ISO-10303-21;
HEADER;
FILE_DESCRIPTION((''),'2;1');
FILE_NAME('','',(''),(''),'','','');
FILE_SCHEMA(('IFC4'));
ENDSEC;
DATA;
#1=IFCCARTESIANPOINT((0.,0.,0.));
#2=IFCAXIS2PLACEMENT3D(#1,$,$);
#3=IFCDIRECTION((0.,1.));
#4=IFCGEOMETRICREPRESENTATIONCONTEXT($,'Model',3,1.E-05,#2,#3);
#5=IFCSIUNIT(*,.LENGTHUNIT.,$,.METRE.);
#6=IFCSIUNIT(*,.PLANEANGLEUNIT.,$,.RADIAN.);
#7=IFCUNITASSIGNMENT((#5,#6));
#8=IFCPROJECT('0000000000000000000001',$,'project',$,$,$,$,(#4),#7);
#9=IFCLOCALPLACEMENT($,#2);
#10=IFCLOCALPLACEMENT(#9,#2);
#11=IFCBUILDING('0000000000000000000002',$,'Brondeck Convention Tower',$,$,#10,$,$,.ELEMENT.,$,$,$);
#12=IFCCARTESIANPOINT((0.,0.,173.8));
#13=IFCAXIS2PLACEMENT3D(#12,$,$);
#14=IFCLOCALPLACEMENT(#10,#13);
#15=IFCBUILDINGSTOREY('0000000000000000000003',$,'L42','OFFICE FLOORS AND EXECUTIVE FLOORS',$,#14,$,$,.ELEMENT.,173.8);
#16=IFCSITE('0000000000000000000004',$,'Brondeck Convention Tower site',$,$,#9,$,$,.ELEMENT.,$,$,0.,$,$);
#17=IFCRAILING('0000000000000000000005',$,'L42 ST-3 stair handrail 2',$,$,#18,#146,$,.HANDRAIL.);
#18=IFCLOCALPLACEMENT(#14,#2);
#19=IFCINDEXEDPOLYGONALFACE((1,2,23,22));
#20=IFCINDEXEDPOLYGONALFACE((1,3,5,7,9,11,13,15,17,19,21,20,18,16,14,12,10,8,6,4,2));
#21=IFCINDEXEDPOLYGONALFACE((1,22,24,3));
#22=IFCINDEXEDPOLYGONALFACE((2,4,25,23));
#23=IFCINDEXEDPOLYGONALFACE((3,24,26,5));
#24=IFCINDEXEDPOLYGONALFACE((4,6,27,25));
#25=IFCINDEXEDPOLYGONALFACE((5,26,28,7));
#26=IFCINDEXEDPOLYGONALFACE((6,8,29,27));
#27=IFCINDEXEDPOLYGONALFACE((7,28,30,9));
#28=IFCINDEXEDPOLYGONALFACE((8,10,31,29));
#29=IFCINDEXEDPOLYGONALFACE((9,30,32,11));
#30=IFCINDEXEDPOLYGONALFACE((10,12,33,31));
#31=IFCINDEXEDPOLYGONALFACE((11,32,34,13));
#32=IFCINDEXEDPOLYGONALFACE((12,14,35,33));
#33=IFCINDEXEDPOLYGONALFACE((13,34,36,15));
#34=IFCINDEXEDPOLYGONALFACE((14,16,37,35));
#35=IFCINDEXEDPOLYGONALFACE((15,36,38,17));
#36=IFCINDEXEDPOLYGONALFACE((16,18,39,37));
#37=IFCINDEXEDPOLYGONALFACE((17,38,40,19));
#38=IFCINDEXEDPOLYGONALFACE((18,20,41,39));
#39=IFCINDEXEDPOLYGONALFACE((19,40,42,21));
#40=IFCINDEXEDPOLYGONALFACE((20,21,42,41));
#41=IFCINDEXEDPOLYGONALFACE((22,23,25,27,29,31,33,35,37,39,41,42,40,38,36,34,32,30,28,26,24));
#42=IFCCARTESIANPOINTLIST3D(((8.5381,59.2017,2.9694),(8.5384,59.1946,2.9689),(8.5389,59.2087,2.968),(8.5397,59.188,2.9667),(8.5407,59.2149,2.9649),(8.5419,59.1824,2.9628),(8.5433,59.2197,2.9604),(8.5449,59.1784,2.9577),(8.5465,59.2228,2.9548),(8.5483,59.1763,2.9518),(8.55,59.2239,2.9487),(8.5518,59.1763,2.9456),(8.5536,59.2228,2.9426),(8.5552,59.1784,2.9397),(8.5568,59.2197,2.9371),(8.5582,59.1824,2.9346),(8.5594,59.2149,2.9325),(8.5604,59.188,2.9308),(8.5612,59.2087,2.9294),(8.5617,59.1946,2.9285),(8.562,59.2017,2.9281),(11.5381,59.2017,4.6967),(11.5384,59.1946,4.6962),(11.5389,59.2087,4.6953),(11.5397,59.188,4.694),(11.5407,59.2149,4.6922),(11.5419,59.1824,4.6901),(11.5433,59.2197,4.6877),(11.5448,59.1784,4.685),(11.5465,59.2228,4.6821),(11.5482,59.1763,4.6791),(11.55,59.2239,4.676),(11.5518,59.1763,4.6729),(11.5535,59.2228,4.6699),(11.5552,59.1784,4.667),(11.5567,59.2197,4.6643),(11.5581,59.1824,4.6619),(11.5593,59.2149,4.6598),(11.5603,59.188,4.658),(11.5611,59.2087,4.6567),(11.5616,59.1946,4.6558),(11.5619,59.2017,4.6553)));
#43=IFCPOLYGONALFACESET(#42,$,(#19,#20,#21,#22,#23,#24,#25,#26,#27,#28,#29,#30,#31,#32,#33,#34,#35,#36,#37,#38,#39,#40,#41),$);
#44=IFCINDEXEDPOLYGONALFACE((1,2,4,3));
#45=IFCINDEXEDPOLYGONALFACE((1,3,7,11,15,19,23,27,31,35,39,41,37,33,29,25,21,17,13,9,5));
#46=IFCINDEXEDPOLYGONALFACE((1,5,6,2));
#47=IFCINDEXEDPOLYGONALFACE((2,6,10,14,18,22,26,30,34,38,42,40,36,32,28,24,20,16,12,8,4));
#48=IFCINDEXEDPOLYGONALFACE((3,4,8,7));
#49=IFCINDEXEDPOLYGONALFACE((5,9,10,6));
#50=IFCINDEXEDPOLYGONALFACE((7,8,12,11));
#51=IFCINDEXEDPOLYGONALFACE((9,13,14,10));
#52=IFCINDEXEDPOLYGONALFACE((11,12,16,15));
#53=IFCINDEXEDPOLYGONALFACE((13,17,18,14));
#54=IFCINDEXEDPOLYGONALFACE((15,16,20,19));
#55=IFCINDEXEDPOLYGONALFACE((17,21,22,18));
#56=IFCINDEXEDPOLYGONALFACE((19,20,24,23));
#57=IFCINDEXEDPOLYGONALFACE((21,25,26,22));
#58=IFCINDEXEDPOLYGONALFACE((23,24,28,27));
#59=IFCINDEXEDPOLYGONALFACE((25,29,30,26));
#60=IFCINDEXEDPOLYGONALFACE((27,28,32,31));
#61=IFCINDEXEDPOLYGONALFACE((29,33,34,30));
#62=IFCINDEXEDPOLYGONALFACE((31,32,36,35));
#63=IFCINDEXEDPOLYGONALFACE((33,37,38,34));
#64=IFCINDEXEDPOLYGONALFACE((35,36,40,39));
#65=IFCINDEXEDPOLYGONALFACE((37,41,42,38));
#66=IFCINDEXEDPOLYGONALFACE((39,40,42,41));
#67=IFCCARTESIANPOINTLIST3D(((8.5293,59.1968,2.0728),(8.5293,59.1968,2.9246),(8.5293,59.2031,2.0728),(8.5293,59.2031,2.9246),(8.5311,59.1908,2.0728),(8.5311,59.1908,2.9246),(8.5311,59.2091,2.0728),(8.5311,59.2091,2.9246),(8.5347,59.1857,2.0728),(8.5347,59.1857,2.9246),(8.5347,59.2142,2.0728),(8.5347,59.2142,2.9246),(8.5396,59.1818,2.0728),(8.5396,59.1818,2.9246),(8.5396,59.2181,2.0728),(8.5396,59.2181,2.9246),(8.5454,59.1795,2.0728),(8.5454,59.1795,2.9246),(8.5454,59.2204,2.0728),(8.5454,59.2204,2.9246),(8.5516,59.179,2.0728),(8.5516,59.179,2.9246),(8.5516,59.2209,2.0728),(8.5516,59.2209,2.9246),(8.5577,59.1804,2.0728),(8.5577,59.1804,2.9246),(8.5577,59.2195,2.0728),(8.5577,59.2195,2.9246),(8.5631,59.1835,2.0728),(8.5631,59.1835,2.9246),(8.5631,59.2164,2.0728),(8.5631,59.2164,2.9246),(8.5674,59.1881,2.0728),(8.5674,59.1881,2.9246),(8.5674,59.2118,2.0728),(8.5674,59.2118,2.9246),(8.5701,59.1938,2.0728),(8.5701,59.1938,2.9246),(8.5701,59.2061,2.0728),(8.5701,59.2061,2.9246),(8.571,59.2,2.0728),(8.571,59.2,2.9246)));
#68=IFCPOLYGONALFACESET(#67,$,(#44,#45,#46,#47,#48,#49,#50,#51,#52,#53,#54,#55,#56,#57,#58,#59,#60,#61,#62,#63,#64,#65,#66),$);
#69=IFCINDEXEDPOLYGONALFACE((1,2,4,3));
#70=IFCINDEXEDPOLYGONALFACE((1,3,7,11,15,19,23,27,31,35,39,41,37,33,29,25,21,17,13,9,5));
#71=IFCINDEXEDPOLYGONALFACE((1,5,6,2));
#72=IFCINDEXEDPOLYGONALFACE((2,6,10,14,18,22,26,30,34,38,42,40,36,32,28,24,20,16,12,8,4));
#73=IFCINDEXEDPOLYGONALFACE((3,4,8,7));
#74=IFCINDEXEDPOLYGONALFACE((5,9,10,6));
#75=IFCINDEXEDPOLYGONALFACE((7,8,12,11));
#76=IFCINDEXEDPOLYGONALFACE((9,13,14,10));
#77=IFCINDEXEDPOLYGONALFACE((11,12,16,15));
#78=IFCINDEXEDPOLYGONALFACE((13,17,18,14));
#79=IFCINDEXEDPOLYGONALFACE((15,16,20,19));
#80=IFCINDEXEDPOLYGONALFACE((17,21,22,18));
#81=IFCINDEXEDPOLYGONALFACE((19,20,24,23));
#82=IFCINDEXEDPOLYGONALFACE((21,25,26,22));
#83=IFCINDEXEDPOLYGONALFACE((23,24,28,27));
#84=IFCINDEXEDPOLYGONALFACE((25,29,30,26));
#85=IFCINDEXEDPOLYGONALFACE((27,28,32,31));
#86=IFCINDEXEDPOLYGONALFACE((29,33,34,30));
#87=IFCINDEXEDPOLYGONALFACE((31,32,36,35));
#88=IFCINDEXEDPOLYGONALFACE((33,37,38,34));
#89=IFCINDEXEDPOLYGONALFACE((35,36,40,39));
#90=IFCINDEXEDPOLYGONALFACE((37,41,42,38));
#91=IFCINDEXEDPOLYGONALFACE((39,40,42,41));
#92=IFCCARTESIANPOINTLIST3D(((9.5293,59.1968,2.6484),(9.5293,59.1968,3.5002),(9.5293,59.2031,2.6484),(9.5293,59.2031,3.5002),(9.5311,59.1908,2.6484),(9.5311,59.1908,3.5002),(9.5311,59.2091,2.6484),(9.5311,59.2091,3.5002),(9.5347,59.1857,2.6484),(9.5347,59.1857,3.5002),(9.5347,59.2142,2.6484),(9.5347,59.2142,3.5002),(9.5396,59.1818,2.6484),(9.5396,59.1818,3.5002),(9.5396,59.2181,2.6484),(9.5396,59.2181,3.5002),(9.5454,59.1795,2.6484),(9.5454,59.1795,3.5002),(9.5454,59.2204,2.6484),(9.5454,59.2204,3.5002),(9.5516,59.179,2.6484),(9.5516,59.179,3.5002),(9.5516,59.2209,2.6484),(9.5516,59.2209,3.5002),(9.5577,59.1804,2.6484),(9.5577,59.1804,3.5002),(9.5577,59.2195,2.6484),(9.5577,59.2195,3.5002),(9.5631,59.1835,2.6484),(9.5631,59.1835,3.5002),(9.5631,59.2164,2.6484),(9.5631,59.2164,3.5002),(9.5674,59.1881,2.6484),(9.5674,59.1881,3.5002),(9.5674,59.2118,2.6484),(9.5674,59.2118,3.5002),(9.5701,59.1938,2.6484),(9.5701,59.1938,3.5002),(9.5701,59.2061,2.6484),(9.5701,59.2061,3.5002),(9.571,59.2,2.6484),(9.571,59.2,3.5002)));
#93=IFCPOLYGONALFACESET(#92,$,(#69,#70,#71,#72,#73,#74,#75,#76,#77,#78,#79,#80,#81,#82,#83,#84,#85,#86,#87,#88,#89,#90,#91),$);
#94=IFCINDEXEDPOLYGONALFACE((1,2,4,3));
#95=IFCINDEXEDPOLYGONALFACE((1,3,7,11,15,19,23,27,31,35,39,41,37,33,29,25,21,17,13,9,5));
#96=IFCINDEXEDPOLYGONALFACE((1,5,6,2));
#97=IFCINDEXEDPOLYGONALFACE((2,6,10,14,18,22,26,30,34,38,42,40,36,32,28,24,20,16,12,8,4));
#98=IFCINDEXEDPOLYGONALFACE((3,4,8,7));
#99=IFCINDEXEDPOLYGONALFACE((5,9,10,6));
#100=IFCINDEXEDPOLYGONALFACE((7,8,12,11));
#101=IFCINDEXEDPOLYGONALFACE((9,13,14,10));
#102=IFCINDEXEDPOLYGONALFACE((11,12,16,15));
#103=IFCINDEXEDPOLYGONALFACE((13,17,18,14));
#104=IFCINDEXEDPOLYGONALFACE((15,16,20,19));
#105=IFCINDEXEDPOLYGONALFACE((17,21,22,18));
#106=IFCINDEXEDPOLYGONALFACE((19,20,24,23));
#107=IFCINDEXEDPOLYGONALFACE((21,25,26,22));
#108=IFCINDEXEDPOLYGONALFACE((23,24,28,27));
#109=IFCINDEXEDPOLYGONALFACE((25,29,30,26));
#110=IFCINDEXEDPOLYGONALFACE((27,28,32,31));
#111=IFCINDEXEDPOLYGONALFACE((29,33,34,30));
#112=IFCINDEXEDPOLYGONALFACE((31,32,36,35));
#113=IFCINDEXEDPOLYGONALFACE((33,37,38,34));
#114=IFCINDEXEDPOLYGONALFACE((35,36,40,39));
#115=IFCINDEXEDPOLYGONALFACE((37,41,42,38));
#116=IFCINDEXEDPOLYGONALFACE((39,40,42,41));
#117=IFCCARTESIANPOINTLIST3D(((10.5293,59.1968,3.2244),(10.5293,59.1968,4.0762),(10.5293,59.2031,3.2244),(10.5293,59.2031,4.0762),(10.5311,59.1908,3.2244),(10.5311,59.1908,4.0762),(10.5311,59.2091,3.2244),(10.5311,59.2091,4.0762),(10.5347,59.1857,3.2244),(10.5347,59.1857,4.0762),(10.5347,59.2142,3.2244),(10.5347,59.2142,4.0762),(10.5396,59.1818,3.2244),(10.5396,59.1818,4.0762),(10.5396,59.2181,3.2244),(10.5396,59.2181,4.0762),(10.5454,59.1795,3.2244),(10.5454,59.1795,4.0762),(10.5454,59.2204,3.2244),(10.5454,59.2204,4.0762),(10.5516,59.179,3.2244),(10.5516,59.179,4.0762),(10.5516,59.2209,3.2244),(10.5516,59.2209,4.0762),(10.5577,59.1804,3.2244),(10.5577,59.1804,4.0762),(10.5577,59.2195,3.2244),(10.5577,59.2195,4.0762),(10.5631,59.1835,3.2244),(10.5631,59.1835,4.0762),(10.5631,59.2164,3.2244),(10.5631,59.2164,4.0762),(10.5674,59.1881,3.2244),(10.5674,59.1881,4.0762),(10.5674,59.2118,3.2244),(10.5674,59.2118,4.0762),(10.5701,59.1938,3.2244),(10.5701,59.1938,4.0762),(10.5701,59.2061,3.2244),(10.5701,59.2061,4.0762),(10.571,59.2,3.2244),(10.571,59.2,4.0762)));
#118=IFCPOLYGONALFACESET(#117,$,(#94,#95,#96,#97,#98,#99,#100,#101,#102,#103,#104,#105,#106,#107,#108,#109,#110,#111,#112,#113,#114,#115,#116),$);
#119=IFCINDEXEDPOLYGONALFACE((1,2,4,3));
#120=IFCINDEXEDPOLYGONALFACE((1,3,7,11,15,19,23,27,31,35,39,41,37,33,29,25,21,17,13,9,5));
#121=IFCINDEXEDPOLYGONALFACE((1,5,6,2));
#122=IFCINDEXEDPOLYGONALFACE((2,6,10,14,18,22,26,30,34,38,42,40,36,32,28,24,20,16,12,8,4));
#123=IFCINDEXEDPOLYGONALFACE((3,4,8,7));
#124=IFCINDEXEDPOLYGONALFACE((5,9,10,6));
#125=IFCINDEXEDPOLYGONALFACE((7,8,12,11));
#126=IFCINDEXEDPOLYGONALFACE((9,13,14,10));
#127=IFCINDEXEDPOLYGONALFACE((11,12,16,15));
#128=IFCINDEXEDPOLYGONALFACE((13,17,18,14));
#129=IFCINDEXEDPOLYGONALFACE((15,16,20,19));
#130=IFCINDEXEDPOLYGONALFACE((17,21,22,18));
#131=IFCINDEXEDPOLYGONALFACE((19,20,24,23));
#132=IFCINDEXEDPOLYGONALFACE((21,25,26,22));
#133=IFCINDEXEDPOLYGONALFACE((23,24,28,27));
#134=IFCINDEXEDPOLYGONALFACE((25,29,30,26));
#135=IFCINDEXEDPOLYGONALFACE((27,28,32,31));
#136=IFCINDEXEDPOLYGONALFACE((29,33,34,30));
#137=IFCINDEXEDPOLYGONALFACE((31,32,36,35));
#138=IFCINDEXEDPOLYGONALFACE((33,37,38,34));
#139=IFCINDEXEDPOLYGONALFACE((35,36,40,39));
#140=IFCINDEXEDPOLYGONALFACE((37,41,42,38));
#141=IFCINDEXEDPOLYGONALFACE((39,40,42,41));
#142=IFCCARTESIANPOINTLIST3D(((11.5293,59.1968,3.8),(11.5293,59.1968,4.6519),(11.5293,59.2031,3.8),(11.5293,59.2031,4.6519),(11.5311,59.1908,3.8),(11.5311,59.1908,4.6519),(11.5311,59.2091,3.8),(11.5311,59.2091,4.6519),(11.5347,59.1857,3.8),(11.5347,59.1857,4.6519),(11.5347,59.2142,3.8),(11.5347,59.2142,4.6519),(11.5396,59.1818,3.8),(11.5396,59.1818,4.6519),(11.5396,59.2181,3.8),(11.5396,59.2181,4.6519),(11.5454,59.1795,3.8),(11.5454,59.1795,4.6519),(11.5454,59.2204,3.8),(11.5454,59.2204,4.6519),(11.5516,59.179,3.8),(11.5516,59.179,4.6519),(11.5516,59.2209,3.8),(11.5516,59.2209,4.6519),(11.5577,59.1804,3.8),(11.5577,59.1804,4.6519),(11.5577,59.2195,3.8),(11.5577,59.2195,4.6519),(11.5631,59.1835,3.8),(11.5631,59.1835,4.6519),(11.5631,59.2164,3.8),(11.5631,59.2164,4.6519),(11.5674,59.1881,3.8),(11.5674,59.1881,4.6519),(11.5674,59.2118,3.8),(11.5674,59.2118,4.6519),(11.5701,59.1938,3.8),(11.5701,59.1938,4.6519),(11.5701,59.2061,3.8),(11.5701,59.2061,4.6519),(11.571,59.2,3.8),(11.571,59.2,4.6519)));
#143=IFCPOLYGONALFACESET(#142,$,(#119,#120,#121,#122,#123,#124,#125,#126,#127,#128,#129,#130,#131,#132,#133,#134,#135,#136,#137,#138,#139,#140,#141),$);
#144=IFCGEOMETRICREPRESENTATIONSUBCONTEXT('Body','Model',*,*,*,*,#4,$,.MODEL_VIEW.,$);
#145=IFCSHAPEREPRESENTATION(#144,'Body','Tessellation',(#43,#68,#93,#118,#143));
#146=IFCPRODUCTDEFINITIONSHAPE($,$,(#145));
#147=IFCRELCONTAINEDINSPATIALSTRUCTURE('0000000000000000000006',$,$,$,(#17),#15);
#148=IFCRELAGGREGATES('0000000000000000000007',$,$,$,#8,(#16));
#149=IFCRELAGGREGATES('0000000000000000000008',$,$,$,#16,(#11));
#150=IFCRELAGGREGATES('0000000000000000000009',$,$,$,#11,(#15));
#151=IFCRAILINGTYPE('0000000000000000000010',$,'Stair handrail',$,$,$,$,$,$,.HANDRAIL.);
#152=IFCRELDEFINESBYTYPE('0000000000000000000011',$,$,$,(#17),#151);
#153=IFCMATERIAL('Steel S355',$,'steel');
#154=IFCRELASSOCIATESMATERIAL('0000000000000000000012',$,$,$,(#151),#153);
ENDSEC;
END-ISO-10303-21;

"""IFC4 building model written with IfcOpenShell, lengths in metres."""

from ifc_helpers import new_model, si_unit, direction, frame, origin, origin_2d, place, context, subcontext, project, spatial, circle, extrude, material, type_object, element, save


model = new_model("IFC4")

# Units and contexts
model_context = context("Model", 3, precision=1e-05, world=origin(), true_north=direction((0.0, 1.0)))
body_context = subcontext(model_context, "Body", "Model", "MODEL_VIEW")
ifc_project = project(units=[si_unit("LENGTHUNIT", "METRE"), si_unit("PLANEANGLEUNIT", "RADIAN")], contexts=[model_context])

# Site, building, storey
site_placement = place(None, origin())
site = spatial("IfcSite", under=ifc_project, at=site_placement, Name="Brondeck Convention Tower site", CompositionType="ELEMENT", RefElevation=0.0)
building_placement = place(site_placement, origin())
building = spatial("IfcBuilding", under=site, at=building_placement, Name="Brondeck Convention Tower", CompositionType="ELEMENT")
storey_placement = place(building_placement, frame((0.0, 0.0, 173.8)))
storey = spatial("IfcBuildingStorey", under=building, at=storey_placement, Name="L42", Description="OFFICE FLOORS AND EXECUTIVE FLOORS", CompositionType="ELEMENT", Elevation=173.8)

# Railing
ifc_material_1 = material(Name="Steel S355", Category="steel")
railing_type_1 = type_object("IfcRailingType", Name="Stair handrail", PredefinedType="HANDRAIL", material=ifc_material_1)
railing_1_placement = place(storey_placement, frame((8.55, 59.2, 2.0728)))
element("IfcRailing", 1, at=railing_1_placement, inside=storey, type_object=railing_type_1, Name="L42 ST-3 stair handrail 2", PredefinedType="HANDRAIL", context=body_context, shape_type="SweptSolid", body=[
    extrude(circle(Radius=0.0239, at=origin_2d()), frame((0.0, 0.0, 0.876), z_axis=(0.86662, 0.0, 0.498969), x_axis=(0.0, 1.0, 0.0)), (0.0, 0.0, 1.0), 3.4617),
    extrude(circle(Radius=0.021, at=origin_2d()), origin(), (0.0, 0.0, 1.0), 0.8518),
    extrude(circle(Radius=0.021, at=origin_2d()), frame((1.0, 0.0, 0.5757)), (0.0, 0.0, 1.0), 0.8518),
    extrude(circle(Radius=0.021, at=origin_2d()), frame((2.0, 0.0, 1.1516)), (0.0, 0.0, 1.0), 0.8518),
    extrude(circle(Radius=0.021, at=origin_2d()), frame((3.0, 0.0, 1.7273)), (0.0, 0.0, 1.0), 0.8518),
])

save(model, "model.ifc")
